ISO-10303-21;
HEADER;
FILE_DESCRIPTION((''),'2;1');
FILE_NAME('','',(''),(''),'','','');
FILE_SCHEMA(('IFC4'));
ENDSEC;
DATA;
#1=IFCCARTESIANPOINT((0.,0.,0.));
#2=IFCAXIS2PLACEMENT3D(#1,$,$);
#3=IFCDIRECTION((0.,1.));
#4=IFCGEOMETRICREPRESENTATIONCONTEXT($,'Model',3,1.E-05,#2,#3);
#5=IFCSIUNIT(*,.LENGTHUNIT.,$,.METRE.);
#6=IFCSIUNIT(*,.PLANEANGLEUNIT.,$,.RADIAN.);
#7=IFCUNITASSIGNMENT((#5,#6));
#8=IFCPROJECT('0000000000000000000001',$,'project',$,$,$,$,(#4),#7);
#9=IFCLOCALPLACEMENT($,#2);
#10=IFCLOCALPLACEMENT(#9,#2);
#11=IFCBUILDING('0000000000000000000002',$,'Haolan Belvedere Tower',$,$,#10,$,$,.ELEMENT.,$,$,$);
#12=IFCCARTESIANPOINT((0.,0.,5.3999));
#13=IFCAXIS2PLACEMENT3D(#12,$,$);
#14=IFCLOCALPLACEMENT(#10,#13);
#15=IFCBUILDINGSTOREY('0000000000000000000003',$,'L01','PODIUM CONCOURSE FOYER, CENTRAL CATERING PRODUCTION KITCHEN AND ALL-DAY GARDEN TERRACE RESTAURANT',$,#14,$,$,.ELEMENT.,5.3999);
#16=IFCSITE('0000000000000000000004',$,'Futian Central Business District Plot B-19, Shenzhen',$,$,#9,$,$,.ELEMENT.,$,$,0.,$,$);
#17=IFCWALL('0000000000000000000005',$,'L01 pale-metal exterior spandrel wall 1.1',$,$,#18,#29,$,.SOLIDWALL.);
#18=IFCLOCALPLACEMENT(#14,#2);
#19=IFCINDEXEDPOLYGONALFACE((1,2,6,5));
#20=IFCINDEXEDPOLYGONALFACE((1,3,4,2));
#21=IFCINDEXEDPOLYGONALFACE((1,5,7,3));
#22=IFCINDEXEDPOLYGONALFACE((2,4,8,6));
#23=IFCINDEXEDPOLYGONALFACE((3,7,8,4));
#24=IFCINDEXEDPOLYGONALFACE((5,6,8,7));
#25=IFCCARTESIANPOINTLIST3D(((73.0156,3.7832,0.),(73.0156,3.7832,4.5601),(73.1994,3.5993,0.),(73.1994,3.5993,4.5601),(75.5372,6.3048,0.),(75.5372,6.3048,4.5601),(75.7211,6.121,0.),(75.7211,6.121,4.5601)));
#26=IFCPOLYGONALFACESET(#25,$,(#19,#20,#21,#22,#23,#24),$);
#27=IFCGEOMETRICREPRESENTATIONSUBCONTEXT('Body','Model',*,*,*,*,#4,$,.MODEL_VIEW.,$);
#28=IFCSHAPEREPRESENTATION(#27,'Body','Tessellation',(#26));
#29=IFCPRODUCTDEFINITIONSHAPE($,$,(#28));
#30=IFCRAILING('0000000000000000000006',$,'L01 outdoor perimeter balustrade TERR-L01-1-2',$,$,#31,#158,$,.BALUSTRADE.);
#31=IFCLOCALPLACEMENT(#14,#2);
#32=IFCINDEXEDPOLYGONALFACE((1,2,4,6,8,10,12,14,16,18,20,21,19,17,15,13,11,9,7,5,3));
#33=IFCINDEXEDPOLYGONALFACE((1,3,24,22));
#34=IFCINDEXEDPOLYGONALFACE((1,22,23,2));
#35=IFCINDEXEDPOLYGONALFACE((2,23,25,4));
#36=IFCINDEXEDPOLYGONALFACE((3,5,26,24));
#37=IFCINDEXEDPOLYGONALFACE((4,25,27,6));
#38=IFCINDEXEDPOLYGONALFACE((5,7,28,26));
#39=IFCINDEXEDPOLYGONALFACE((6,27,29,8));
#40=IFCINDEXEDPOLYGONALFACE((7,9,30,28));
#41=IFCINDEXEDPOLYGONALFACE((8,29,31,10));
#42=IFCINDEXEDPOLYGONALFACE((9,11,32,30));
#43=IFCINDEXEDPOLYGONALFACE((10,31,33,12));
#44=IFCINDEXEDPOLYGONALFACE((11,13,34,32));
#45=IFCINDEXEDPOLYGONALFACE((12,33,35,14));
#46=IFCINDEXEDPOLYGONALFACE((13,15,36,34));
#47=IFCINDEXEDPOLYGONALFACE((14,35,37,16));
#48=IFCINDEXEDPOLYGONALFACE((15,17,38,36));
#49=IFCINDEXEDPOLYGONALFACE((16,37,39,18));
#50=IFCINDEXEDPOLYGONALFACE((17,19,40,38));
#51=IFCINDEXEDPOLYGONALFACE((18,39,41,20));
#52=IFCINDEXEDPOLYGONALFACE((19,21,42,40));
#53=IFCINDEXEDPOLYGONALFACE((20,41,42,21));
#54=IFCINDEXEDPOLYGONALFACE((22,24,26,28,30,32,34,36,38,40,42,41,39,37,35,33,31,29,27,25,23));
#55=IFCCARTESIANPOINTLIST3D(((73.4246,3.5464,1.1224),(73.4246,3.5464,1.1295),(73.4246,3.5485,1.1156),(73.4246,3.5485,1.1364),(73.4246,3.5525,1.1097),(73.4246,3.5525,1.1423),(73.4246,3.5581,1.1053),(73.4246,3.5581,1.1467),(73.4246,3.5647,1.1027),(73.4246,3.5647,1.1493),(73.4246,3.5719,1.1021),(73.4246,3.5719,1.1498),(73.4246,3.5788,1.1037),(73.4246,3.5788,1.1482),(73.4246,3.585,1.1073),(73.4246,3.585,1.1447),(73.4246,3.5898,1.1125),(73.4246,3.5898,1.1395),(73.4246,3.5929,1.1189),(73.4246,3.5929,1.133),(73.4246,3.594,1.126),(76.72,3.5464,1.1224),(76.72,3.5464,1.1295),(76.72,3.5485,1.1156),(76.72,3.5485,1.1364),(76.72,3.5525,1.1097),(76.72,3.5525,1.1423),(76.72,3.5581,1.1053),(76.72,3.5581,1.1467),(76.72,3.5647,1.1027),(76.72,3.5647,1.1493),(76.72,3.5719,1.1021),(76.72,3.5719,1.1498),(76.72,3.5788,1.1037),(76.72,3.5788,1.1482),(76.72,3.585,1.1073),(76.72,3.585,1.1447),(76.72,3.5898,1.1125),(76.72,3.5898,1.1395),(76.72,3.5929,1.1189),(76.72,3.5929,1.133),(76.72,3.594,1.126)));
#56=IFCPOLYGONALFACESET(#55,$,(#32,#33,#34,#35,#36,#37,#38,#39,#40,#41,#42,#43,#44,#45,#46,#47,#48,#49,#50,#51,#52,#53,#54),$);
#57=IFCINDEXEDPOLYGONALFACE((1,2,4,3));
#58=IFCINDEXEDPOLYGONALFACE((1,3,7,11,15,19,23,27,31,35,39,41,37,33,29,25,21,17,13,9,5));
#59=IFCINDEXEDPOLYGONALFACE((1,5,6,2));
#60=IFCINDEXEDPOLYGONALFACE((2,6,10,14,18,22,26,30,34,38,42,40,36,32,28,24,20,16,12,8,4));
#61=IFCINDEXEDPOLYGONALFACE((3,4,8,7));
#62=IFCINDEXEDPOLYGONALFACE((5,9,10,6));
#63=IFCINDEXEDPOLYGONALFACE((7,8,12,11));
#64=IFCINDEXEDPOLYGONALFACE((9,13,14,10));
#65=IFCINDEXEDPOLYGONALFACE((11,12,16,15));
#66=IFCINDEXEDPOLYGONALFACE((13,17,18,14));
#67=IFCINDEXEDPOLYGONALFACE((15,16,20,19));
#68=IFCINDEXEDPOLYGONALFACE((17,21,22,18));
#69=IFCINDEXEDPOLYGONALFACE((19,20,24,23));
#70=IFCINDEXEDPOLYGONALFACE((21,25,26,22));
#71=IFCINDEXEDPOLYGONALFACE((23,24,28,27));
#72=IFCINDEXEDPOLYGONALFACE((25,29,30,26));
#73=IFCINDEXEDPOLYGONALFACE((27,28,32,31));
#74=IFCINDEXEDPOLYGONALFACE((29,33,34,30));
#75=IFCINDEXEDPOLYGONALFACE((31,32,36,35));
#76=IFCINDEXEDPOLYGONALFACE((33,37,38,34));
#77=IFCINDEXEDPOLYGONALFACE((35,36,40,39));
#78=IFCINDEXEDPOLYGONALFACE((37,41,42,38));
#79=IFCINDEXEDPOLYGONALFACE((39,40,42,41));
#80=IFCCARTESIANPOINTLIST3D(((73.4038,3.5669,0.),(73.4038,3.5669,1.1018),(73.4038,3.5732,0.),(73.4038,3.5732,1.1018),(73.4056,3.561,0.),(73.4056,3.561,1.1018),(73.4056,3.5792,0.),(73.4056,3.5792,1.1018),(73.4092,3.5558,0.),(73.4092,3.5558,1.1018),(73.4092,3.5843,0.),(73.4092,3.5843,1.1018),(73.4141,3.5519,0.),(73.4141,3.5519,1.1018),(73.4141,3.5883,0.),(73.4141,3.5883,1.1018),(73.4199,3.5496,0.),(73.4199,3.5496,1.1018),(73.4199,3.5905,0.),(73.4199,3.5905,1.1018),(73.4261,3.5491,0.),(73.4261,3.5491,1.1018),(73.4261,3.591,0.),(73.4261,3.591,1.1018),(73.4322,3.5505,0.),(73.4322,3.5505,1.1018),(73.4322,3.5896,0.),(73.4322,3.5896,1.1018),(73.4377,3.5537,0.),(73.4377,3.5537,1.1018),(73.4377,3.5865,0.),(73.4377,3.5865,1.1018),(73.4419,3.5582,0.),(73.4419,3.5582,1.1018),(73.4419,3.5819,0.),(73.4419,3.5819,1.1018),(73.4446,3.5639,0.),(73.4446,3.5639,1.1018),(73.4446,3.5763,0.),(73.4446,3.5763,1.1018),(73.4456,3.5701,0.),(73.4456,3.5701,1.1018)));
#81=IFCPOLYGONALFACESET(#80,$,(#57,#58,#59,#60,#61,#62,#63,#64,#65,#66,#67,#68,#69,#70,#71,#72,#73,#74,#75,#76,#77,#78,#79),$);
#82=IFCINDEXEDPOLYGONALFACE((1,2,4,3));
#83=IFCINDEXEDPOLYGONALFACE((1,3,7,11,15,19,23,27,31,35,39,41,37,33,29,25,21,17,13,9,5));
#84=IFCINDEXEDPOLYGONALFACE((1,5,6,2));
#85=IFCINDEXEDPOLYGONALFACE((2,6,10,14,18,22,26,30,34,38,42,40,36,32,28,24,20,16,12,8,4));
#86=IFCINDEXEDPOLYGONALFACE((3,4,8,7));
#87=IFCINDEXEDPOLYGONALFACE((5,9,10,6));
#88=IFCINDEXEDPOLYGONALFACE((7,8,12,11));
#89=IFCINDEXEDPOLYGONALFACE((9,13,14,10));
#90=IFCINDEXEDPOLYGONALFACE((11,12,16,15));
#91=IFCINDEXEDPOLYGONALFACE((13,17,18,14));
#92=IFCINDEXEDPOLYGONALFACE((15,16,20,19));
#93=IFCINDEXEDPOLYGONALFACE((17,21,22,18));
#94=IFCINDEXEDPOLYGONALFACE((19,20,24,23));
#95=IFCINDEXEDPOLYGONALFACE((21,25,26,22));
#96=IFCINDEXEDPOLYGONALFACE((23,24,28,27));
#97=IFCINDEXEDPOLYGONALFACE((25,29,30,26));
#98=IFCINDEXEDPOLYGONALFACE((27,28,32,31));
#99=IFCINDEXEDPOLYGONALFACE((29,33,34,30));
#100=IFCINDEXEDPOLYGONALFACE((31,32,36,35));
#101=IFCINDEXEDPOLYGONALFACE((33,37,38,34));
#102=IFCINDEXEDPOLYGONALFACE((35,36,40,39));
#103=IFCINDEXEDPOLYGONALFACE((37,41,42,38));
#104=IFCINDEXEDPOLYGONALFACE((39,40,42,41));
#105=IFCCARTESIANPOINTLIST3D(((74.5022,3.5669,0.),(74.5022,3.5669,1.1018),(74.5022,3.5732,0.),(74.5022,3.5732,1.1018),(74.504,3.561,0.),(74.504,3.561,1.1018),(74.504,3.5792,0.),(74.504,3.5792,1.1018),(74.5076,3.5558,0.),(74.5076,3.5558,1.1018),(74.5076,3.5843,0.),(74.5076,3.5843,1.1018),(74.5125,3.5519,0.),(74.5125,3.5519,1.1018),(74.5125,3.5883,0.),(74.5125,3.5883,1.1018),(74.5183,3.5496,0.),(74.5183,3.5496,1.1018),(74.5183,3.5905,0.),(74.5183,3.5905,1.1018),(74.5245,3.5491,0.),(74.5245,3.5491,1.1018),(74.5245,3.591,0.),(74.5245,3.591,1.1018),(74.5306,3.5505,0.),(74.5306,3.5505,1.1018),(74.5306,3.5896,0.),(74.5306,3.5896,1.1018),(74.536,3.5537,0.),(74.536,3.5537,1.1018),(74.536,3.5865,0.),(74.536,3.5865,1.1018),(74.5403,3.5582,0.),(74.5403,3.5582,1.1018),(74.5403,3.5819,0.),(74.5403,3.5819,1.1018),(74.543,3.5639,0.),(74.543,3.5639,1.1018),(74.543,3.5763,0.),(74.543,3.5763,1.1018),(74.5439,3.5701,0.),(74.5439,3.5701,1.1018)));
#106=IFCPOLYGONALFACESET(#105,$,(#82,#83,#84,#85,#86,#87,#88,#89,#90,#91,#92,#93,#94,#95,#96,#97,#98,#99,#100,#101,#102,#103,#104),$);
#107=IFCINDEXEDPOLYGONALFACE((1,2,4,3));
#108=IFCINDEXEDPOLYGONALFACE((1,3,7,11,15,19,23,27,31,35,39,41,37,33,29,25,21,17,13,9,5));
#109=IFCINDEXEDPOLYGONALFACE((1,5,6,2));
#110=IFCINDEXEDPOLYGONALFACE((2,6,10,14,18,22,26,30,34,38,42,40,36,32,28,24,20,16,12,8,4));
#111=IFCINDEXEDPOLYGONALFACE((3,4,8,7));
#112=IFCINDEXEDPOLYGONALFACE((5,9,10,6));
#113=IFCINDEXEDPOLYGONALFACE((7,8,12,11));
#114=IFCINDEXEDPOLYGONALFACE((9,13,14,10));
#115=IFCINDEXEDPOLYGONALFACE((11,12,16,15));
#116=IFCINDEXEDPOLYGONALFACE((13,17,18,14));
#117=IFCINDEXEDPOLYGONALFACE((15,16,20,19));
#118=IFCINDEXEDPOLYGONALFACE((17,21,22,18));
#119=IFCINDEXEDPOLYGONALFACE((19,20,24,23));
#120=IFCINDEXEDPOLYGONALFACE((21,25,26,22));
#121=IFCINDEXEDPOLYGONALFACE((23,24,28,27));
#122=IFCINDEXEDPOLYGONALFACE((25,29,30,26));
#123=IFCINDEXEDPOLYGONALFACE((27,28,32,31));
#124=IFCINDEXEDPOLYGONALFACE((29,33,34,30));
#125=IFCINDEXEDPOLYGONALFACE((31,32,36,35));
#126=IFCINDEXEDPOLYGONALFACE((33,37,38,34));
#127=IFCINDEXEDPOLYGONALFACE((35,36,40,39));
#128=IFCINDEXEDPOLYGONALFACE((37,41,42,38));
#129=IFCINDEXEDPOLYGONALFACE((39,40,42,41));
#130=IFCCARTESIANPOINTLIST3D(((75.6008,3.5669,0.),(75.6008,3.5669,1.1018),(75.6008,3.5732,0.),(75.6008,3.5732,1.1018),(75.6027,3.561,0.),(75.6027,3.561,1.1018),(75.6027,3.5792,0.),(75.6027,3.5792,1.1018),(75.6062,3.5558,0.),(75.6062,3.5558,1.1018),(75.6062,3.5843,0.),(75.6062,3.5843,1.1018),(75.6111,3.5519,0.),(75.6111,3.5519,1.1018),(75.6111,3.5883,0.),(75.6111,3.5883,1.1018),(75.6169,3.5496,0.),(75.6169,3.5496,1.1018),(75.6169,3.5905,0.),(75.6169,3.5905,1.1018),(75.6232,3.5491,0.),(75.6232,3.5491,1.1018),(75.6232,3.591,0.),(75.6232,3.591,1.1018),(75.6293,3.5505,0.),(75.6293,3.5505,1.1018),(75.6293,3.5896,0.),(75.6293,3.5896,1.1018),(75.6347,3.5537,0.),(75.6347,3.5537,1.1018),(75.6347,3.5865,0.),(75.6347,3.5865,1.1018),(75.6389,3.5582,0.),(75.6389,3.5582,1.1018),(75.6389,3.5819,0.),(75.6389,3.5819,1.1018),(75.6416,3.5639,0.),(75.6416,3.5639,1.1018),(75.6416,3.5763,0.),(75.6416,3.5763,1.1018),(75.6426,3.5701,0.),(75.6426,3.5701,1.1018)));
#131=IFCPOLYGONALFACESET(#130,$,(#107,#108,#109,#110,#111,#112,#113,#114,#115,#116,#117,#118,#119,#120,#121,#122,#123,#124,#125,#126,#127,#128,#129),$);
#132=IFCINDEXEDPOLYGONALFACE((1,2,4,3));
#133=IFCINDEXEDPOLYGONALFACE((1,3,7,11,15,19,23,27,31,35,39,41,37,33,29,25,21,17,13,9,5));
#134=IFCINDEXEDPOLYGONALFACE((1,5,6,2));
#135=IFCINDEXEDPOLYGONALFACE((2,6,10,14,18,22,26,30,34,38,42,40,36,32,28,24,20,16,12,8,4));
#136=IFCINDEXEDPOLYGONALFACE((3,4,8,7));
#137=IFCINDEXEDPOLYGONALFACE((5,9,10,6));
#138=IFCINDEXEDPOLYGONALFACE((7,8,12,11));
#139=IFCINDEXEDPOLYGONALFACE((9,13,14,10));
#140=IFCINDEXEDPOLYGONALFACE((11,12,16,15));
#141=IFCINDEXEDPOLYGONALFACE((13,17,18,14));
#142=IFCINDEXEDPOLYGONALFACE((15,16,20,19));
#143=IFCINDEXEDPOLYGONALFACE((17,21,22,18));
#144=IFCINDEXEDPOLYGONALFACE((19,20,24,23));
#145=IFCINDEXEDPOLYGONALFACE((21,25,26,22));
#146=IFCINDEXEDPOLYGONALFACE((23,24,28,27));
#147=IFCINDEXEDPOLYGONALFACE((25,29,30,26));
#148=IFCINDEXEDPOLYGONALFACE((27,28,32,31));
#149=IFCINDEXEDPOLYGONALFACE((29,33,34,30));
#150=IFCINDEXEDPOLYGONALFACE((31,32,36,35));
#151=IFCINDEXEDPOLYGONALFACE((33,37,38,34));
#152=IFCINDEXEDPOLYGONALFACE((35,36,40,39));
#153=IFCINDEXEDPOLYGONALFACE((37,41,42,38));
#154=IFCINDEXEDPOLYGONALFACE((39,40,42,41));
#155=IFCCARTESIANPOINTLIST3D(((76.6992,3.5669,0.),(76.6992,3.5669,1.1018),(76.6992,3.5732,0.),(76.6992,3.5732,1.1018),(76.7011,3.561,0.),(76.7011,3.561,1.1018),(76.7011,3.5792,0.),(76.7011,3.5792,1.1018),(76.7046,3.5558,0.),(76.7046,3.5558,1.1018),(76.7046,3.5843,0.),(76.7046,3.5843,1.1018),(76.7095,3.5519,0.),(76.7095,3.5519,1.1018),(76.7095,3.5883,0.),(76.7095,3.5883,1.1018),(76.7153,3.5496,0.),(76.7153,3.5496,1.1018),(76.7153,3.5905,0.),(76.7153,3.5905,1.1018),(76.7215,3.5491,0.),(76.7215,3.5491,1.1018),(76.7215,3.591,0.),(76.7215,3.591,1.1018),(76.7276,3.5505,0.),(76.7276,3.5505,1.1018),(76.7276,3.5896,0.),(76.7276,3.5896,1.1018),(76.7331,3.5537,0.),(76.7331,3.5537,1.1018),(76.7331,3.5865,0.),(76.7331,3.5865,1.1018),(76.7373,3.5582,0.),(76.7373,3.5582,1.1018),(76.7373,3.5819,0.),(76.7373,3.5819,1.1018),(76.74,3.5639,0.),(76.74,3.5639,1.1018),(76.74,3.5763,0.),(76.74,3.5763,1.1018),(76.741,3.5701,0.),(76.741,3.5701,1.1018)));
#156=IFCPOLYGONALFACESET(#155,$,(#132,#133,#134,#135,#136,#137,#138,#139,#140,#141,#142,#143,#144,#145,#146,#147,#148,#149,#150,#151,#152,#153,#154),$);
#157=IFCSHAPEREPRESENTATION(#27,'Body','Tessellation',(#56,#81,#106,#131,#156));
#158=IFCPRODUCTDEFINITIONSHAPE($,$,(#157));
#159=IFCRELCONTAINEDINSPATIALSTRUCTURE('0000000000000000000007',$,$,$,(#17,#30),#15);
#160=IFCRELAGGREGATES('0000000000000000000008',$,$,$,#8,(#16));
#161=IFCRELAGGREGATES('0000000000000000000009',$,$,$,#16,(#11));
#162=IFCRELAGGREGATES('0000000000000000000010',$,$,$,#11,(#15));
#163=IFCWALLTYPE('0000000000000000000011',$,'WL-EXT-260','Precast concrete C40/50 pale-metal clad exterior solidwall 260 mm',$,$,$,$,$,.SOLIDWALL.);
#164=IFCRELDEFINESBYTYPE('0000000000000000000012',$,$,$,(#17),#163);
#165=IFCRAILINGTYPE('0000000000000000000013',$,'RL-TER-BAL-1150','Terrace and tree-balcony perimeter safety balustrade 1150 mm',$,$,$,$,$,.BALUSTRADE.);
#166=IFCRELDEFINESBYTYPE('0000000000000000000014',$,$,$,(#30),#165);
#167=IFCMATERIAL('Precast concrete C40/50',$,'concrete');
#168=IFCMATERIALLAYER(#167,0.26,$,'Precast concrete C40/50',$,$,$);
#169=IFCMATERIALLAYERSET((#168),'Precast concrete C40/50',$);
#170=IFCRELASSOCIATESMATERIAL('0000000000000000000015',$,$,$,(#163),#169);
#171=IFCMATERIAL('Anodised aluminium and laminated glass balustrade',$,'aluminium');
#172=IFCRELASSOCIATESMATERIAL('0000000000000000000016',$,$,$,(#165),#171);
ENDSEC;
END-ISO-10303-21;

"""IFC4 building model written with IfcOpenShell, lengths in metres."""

from ifc_helpers import new_model, si_unit, direction, frame, frame_2d, origin, origin_2d, place, context, subcontext, project, spatial, rectangle, circle, extrude, material, layer, layer_set, type_object, element, save


model = new_model("IFC4")

# Units and contexts
model_context = context("Model", 3, precision=1e-05, world=origin(), true_north=direction((0.0, 1.0)))
body_context = subcontext(model_context, "Body", "Model", "MODEL_VIEW")
ifc_project = project(units=[si_unit("LENGTHUNIT", "METRE"), si_unit("PLANEANGLEUNIT", "RADIAN")], contexts=[model_context])

# Site, building, storey
site_placement = place(None, origin())
site = spatial("IfcSite", under=ifc_project, at=site_placement, Name="Futian Central Business District Plot B-19, Shenzhen", CompositionType="ELEMENT", RefElevation=0.0)
building_placement = place(site_placement, origin())
building = spatial("IfcBuilding", under=site, at=building_placement, Name="Haolan Belvedere Tower", CompositionType="ELEMENT")
storey_placement = place(building_placement, frame((0.0, 0.0, 5.3999)))
storey = spatial("IfcBuildingStorey", under=building, at=storey_placement, Name="L01", Description="PODIUM CONCOURSE FOYER, CENTRAL CATERING PRODUCTION KITCHEN AND ALL-DAY GARDEN TERRACE RESTAURANT", CompositionType="ELEMENT", Elevation=5.3999)

# Wall
ifc_material_1 = material(Name="Precast concrete C40/50", Category="concrete")
ifc_layer_1 = layer(ifc_material_1, 0.26, Name="Precast concrete C40/50")
ifc_layer_set_1 = layer_set([ifc_layer_1], Name="Precast concrete C40/50")
wall_type = type_object("IfcWallType", Name="WL-EXT-260", Description="Precast concrete C40/50 pale-metal clad exterior solidwall 260 mm", PredefinedType="SOLIDWALL", material=ifc_layer_set_1)
wall_placement = place(storey_placement, frame((73.1074, 3.6912, 0.0), z_axis=(0.0, 0.0, 1.0), x_axis=(0.707107, 0.707107, 0.0)))
element("IfcWall", 1, at=wall_placement, inside=storey, type_object=wall_type, Name="L01 pale-metal exterior spandrel wall 1.1", PredefinedType="SOLIDWALL", context=body_context, shape_type="SweptSolid", body=[
    extrude(rectangle(XDim=3.5662, YDim=0.26, at=frame_2d((1.7832, 0.0))), origin(), (0.0, 0.0, 1.0), 4.5601),
])

# Railing
ifc_material_2 = material(Name="Anodised aluminium and laminated glass balustrade", Category="aluminium")
railing_type = type_object("IfcRailingType", Name="RL-TER-BAL-1150", Description="Terrace and tree-balcony perimeter safety balustrade 1150 mm", PredefinedType="BALUSTRADE", material=ifc_material_2)
railing_1_placement = place(storey_placement, frame((73.4246, 3.5701, 0.0)))
element("IfcRailing", 2, at=railing_1_placement, inside=storey, type_object=railing_type, Name="L01 outdoor perimeter balustrade TERR-L01-1-2", PredefinedType="BALUSTRADE", context=body_context, shape_type="SweptSolid", body=[
    extrude(circle(Radius=0.0239, at=origin_2d()), frame((0.0, 0.0, 1.126), z_axis=(1.0, 0.0, 0.0), x_axis=(0.0, 1.0, 0.0)), (0.0, 0.0, 1.0), 3.2954),
    extrude(circle(Radius=0.021, at=origin_2d()), origin(), (0.0, 0.0, 1.0), 1.1018),
    extrude(circle(Radius=0.021, at=origin_2d()), frame((1.0984, 0.0, 0.0)), (0.0, 0.0, 1.0), 1.1018),
    extrude(circle(Radius=0.021, at=origin_2d()), frame((2.197, 0.0, 0.0)), (0.0, 0.0, 1.0), 1.1018),
    extrude(circle(Radius=0.021, at=origin_2d()), frame((3.2954, 0.0, 0.0)), (0.0, 0.0, 1.0), 1.1018),
])

save(model, "model.ifc")
